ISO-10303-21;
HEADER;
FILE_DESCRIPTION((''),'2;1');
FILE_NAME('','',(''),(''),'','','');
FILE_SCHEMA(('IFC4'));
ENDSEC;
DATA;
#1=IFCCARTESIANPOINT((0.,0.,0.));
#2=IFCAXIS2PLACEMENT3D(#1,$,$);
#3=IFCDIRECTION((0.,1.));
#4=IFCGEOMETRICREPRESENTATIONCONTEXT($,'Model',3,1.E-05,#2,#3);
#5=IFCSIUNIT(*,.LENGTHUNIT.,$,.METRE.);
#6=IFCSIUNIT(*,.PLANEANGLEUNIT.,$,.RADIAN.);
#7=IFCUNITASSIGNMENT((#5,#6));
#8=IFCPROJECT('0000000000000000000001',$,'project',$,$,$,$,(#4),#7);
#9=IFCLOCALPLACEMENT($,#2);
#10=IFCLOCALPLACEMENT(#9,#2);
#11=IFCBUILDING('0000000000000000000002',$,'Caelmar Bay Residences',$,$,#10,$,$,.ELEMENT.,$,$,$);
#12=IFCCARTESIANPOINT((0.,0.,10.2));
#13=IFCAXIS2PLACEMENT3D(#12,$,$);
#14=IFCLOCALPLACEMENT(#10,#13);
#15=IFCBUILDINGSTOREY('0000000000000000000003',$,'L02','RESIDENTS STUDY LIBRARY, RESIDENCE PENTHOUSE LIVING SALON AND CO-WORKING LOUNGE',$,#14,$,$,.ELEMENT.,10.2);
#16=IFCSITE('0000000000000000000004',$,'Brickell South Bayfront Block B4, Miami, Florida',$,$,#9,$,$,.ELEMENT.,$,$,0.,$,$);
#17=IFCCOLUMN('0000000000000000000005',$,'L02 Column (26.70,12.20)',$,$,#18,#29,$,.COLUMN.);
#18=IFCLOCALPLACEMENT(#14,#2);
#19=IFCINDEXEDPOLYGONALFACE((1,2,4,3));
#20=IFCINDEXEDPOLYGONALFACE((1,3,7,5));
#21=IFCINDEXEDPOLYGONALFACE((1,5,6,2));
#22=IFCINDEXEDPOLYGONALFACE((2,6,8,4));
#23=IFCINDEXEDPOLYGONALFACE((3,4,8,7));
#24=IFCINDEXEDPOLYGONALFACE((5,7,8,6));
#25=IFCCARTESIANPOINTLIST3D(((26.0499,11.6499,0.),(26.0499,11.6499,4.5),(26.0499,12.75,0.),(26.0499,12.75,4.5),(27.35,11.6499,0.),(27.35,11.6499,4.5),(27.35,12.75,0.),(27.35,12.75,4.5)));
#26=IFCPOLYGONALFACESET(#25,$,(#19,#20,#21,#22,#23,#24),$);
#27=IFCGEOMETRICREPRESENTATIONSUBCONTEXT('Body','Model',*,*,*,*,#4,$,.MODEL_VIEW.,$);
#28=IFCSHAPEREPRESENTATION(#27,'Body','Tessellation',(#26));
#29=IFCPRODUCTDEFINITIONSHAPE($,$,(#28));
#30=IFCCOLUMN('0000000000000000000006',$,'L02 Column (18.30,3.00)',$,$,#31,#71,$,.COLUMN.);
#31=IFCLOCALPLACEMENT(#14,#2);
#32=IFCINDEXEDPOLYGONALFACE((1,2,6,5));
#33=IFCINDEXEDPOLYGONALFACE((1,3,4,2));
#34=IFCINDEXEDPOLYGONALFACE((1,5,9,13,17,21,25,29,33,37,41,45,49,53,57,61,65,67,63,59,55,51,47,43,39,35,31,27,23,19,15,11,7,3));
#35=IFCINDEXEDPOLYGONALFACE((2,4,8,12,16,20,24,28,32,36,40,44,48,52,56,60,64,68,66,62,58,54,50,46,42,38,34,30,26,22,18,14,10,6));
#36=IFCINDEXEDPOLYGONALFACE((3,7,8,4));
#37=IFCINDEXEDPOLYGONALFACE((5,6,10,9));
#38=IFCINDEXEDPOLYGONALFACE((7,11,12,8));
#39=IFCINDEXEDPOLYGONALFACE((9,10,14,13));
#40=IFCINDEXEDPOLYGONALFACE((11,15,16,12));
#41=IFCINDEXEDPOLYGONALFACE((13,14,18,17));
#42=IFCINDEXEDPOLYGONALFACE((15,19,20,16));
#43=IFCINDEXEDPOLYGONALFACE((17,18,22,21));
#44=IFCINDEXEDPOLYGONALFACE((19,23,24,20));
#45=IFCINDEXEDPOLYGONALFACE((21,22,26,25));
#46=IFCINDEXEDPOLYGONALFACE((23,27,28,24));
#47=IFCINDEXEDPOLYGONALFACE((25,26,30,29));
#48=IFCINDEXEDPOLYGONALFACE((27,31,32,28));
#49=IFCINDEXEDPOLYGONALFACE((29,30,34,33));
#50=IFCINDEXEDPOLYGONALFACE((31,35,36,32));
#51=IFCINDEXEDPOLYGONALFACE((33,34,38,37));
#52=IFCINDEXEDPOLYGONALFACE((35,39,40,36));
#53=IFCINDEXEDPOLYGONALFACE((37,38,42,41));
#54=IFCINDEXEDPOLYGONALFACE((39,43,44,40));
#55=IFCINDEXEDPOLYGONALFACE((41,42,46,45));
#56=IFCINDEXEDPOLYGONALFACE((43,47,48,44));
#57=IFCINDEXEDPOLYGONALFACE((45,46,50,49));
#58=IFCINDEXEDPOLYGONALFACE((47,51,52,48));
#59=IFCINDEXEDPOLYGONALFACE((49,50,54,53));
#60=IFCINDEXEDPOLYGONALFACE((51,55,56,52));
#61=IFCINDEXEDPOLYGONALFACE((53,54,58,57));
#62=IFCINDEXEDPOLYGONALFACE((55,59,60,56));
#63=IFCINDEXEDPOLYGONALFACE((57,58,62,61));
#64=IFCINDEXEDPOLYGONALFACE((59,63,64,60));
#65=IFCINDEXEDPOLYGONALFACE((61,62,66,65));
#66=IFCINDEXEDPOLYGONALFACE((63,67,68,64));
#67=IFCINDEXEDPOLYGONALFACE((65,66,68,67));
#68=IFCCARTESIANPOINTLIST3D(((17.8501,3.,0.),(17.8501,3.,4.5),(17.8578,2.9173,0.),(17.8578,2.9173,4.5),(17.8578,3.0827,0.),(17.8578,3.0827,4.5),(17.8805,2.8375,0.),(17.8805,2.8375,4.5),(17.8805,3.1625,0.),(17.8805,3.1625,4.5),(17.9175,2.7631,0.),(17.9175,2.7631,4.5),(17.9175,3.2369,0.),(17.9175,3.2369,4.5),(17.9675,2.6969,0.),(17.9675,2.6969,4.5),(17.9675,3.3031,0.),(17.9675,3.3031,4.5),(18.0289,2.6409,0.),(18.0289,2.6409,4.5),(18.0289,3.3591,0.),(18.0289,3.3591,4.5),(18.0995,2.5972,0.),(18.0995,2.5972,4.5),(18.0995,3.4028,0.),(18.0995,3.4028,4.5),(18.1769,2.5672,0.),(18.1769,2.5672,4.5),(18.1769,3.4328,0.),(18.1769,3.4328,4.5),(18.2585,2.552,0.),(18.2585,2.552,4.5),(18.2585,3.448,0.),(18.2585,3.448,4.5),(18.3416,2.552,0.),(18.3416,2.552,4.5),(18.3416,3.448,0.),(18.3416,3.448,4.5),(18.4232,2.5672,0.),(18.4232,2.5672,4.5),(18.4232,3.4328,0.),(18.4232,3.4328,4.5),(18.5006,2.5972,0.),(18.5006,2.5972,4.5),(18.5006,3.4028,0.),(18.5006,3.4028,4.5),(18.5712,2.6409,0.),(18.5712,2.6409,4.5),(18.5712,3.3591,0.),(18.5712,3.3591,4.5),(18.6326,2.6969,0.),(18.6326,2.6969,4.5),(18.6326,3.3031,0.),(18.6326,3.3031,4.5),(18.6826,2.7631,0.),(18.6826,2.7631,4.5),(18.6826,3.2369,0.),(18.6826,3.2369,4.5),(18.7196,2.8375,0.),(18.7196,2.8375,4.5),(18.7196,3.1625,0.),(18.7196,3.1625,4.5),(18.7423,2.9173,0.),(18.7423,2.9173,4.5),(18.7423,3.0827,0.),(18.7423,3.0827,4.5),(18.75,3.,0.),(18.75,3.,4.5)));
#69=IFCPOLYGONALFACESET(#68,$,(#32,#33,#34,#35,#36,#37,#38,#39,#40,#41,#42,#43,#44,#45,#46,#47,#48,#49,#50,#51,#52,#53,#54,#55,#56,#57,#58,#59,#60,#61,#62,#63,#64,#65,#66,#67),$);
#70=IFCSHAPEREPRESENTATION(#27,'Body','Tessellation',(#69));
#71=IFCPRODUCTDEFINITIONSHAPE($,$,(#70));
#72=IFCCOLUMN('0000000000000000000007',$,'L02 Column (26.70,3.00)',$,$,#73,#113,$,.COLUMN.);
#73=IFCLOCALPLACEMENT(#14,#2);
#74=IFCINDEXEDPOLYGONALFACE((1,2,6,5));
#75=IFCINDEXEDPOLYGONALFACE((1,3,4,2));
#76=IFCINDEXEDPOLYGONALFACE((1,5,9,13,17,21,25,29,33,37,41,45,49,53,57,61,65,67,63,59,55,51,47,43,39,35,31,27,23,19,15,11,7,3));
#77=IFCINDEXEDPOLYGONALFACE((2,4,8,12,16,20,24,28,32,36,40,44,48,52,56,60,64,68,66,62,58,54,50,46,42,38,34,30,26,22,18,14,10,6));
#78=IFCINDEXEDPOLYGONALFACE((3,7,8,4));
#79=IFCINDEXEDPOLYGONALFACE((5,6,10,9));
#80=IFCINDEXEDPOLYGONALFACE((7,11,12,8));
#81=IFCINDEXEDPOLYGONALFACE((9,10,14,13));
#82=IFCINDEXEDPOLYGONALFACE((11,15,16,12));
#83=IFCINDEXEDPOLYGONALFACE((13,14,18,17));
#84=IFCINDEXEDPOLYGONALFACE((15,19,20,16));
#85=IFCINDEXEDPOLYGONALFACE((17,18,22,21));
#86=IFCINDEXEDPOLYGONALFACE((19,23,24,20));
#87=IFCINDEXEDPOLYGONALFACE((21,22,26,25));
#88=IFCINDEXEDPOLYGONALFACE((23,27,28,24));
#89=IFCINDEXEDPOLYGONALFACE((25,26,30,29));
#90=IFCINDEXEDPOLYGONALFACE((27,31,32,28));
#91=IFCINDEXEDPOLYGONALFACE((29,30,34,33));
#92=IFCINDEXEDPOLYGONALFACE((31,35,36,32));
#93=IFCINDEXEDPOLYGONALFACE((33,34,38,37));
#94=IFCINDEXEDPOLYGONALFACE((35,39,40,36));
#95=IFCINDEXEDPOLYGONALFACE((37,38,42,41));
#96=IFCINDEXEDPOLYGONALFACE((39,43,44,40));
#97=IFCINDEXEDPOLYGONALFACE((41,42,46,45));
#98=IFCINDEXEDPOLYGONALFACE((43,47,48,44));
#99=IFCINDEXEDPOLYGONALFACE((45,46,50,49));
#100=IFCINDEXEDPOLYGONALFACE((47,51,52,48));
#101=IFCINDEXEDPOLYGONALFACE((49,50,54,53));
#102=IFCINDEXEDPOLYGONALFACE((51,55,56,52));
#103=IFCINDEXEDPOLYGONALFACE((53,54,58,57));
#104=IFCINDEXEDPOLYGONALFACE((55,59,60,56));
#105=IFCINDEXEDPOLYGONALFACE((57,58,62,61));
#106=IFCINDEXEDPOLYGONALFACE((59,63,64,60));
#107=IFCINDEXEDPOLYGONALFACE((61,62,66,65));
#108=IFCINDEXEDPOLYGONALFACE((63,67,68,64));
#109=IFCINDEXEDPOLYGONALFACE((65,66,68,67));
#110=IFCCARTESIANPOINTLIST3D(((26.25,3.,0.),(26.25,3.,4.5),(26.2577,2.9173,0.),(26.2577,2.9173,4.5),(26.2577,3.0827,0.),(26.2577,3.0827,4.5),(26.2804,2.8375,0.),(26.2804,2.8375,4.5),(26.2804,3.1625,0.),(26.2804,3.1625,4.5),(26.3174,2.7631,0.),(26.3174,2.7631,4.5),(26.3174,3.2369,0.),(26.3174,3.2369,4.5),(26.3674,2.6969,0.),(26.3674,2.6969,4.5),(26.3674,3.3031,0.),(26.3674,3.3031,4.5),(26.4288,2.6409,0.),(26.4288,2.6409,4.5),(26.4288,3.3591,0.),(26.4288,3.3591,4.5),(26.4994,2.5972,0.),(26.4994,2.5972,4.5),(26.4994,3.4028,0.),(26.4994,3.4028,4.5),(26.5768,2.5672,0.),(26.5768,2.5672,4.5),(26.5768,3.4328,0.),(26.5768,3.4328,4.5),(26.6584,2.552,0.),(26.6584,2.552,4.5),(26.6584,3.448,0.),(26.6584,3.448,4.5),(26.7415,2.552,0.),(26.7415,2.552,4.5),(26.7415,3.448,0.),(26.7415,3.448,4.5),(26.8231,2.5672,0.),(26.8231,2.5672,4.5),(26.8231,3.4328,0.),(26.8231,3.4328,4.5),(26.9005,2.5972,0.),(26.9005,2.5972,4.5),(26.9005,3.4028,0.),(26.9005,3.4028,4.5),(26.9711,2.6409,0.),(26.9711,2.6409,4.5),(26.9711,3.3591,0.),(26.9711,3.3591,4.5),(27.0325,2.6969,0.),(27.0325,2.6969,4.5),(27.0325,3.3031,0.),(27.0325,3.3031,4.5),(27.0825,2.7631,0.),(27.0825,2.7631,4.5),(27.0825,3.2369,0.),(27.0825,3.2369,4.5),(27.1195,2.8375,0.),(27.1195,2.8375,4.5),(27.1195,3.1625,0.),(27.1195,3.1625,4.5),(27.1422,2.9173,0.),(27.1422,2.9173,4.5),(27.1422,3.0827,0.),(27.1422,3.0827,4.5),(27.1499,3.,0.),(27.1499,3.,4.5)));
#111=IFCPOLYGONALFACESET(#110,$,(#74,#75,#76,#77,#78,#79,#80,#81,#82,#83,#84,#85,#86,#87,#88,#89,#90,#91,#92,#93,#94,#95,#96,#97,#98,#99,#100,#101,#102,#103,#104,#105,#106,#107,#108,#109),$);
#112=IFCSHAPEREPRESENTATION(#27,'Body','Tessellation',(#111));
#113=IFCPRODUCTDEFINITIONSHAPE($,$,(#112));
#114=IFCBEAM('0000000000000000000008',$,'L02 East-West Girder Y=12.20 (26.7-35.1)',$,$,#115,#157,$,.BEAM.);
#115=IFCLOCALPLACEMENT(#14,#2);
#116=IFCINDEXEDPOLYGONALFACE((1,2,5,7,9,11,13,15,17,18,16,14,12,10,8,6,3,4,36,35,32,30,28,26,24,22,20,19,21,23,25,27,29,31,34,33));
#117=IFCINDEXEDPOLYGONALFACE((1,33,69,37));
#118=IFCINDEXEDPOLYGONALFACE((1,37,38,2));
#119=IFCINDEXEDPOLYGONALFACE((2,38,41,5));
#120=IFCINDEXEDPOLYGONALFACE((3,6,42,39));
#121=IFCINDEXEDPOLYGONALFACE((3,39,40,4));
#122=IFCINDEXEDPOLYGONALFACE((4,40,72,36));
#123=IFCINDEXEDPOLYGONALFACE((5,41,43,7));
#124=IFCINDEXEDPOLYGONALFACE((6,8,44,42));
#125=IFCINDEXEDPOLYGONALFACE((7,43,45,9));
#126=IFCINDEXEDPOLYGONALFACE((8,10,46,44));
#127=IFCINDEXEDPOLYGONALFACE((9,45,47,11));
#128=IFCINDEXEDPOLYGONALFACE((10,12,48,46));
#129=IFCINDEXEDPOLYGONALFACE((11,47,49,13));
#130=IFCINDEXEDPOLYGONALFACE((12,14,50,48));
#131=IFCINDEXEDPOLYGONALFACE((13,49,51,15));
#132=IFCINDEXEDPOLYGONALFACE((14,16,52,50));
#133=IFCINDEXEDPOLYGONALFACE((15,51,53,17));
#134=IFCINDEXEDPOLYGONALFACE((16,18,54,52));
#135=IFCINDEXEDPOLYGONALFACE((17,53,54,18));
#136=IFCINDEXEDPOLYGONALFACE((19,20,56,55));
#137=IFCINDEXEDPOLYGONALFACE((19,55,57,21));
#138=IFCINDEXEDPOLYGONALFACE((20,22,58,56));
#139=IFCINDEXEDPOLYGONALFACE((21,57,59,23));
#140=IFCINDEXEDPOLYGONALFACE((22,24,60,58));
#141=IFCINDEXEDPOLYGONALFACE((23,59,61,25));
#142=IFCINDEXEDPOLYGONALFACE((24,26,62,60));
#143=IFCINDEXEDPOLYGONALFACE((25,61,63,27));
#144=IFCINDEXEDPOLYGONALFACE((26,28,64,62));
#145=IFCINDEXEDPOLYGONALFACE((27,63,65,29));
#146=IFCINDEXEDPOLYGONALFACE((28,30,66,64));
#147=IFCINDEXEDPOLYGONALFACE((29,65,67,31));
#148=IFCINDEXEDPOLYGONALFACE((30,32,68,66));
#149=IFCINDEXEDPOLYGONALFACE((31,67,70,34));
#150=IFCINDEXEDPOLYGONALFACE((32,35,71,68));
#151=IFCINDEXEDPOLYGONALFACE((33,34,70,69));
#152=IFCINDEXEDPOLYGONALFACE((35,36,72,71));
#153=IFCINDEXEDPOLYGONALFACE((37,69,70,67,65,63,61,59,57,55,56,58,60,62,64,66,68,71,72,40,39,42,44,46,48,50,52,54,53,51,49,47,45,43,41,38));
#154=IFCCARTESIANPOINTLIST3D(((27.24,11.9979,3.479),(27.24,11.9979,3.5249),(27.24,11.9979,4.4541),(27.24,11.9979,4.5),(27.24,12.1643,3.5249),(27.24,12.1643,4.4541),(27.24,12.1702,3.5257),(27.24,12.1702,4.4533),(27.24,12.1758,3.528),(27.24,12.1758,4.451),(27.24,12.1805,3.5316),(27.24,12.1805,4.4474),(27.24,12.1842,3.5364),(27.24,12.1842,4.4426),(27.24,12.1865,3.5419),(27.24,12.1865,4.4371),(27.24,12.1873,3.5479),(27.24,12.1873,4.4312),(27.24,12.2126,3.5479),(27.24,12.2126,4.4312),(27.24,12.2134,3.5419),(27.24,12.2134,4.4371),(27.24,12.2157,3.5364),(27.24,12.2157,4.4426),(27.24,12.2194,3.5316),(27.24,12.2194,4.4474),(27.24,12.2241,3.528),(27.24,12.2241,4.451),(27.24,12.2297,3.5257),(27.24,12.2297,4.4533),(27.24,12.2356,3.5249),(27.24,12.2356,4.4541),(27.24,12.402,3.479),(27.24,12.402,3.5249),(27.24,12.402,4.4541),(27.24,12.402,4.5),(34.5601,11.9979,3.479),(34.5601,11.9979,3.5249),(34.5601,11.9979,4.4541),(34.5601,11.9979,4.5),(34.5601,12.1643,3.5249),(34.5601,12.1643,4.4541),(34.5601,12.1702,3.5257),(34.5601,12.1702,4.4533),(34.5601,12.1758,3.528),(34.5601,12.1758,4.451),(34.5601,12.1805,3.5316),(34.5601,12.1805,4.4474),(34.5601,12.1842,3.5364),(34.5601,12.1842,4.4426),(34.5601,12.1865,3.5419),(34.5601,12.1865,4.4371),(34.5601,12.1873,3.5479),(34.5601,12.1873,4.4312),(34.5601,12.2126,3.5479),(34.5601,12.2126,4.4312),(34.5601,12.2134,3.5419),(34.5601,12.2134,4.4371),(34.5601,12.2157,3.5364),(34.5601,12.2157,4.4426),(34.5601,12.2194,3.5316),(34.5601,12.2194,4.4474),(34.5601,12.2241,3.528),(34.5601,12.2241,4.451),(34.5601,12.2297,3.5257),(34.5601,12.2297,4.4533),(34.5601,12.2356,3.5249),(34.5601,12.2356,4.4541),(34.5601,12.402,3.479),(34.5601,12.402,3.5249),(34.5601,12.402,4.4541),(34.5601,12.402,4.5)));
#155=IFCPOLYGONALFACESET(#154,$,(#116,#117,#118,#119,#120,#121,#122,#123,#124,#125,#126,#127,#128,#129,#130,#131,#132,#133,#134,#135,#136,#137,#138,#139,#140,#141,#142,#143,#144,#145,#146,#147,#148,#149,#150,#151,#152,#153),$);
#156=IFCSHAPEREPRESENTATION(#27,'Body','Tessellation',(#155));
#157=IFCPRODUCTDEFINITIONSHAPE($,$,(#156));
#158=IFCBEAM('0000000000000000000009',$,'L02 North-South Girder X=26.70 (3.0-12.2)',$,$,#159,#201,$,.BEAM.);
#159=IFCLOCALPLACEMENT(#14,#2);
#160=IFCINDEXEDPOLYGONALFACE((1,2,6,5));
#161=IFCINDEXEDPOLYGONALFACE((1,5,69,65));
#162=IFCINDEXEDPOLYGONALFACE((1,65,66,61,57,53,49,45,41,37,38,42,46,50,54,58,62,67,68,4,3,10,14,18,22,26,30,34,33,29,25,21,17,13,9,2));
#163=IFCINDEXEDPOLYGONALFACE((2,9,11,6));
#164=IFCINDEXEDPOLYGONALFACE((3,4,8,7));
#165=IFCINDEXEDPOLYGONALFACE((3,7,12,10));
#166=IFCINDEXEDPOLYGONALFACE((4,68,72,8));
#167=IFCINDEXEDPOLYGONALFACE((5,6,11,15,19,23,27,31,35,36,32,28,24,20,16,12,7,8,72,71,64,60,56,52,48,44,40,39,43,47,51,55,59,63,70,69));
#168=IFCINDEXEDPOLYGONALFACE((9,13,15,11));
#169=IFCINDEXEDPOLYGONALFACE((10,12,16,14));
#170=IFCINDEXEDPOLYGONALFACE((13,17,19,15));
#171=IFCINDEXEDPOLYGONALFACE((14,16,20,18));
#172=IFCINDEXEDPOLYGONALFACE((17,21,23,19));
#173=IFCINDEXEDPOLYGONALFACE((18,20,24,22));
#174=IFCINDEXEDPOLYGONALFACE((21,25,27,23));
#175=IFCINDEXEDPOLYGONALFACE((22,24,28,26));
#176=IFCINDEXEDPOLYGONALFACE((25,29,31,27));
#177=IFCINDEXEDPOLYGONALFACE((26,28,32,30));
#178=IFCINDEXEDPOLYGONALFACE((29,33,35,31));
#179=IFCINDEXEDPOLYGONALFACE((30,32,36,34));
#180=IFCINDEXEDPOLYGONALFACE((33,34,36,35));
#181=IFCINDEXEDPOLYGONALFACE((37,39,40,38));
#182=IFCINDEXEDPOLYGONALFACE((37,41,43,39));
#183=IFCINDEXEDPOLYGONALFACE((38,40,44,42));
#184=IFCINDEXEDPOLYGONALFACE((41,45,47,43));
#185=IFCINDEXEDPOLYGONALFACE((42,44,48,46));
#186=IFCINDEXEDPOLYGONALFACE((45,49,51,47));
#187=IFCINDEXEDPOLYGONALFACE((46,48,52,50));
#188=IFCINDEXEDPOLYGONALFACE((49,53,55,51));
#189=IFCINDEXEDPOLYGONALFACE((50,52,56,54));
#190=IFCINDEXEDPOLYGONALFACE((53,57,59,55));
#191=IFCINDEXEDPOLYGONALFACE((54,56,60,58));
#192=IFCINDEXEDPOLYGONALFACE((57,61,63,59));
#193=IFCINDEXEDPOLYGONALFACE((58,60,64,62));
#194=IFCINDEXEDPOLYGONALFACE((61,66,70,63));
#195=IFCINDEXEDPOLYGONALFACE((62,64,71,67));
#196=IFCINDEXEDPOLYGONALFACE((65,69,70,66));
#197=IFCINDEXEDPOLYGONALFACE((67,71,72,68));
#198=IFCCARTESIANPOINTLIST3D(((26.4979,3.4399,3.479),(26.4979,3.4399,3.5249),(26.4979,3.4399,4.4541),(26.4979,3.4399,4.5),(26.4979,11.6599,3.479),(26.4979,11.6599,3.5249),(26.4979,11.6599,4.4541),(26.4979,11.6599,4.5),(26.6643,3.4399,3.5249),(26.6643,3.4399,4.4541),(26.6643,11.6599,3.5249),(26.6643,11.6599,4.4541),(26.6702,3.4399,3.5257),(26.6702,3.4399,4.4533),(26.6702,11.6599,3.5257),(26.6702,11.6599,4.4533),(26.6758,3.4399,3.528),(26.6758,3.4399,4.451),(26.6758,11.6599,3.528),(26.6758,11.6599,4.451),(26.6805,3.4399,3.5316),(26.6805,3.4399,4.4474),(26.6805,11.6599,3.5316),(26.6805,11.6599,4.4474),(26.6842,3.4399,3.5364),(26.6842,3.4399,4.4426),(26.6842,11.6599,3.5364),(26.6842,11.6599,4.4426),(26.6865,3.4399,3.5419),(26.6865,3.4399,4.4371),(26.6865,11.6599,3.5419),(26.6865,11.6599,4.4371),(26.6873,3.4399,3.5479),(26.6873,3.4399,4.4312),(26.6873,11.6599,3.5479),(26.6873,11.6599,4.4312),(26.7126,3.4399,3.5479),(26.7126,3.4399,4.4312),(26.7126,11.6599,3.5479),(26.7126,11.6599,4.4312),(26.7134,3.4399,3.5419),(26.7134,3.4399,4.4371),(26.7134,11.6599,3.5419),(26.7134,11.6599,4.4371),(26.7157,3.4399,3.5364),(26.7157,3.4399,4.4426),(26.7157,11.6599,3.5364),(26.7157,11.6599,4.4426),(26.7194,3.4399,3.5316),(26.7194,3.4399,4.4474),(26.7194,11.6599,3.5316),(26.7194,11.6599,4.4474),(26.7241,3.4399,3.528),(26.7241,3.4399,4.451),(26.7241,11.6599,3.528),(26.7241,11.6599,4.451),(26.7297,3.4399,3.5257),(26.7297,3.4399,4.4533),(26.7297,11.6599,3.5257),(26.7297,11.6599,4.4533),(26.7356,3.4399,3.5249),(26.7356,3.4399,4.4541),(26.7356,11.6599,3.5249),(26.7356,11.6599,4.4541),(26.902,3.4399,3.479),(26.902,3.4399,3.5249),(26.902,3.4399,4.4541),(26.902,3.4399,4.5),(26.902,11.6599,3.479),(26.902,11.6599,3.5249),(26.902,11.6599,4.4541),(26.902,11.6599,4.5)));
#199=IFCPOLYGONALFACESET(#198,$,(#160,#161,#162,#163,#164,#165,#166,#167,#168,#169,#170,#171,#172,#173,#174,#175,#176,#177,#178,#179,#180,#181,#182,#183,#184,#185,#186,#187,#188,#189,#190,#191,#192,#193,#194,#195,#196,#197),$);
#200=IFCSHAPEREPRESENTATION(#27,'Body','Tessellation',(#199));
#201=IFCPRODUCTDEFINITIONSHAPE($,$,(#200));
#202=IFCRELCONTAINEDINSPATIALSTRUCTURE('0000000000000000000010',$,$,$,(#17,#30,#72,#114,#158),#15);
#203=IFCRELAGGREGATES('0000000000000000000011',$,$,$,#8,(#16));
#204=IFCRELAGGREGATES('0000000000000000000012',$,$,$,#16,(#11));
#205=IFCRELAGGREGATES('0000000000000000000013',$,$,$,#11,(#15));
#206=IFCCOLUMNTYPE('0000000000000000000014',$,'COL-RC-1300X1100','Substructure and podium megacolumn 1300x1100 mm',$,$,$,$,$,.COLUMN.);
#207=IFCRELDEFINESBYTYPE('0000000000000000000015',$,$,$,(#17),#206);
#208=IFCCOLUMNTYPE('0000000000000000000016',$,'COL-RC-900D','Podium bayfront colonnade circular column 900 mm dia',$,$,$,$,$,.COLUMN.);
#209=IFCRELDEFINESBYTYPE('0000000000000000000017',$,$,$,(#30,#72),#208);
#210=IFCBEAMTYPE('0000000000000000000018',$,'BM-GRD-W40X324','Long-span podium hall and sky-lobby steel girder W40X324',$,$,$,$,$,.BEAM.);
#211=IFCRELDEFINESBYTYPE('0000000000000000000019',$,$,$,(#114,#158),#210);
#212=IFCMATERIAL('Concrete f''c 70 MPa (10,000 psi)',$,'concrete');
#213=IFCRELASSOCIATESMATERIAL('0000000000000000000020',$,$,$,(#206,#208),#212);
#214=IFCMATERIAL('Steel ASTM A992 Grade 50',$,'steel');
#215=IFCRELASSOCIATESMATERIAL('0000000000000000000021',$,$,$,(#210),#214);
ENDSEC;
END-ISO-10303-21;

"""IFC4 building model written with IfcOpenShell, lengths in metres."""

from ifc_helpers import new_model, si_unit, direction, frame, origin, origin_2d, place, context, subcontext, project, spatial, rectangle, circle, i_section, extrude, material, material_profile, profile_set, type_object, element, save


model = new_model("IFC4")

# Units and contexts
model_context = context("Model", 3, precision=1e-05, world=origin(), true_north=direction((0.0, 1.0)))
body_context = subcontext(model_context, "Body", "Model", "MODEL_VIEW")
ifc_project = project(units=[si_unit("LENGTHUNIT", "METRE"), si_unit("PLANEANGLEUNIT", "RADIAN")], contexts=[model_context])

# Site, building, storey
site_placement = place(None, origin())
site = spatial("IfcSite", under=ifc_project, at=site_placement, Name="Brickell South Bayfront Block B4, Miami, Florida", CompositionType="ELEMENT", RefElevation=0.0)
building_placement = place(site_placement, origin())
building = spatial("IfcBuilding", under=site, at=building_placement, Name="Caelmar Bay Residences", CompositionType="ELEMENT")
storey_placement = place(building_placement, frame((0.0, 0.0, 10.2)))
storey = spatial("IfcBuildingStorey", under=building, at=storey_placement, Name="L02", Description="RESIDENTS STUDY LIBRARY, RESIDENCE PENTHOUSE LIVING SALON AND CO-WORKING LOUNGE", CompositionType="ELEMENT", Elevation=10.2)

# Columns
ifc_material_1 = material(Name="Concrete f'c 70 MPa (10,000 psi)", Category="concrete")
ifc_material_profile_1 = material_profile(ifc_material_1, rectangle(XDim=1.3, YDim=1.1001, at=origin_2d()), Name="RC-COL-1300X1100")
ifc_profile_set_1 = profile_set([ifc_material_profile_1], Name="Concrete f'c 70 MPa (10,000 psi)")
column_type_1 = type_object("IfcColumnType", Name="COL-RC-1300X1100", Description="Substructure and podium megacolumn 1300x1100 mm", PredefinedType="COLUMN", material=ifc_profile_set_1)
column_placement = place(storey_placement, frame((26.7, 12.2, 0.0), z_axis=(0.0, 0.0, 1.0), x_axis=(1.0, 0.0, 0.0)))
element("IfcColumn", 1, at=column_placement, inside=storey, type_object=column_type_1, Name="L02 Column (26.70,12.20)", PredefinedType="COLUMN", context=body_context, shape_type="SweptSolid", body=[
    extrude(rectangle(XDim=1.3, YDim=1.1001, at=origin_2d()), origin(), (0.0, 0.0, 1.0), 4.5),
])
ifc_material_profile_2 = material_profile(ifc_material_1, circle(Radius=0.45, at=origin_2d()), Name="RC-COL-900D")
ifc_profile_set_2 = profile_set([ifc_material_profile_2], Name="Concrete f'c 70 MPa (10,000 psi)")
column_type_2 = type_object("IfcColumnType", Name="COL-RC-900D", Description="Podium bayfront colonnade circular column 900 mm dia", PredefinedType="COLUMN", material=ifc_profile_set_2)
for number, where, z_axis, x_axis, name in (
    (2, (18.3, 3.0, 0.0), (0.0, 0.0, 1.0), (1.0, 0.0, 0.0), "L02 Column (18.30,3.00)"),
    (3, (26.7, 3.0, 0.0), (0.0, 0.0, 1.0), (1.0, 0.0, 0.0), "L02 Column (26.70,3.00)"),
):
    element("IfcColumn", number, at=place(storey_placement, frame(where, z_axis=z_axis, x_axis=x_axis)), inside=storey, type_object=column_type_2, Name=name, PredefinedType="COLUMN", context=body_context, shape_type="SweptSolid", body=[
        extrude(circle(Radius=0.45, at=origin_2d()), origin(), (0.0, 0.0, 1.0), 4.5),
    ])

# Beams
ifc_material_2 = material(Name="Steel ASTM A992 Grade 50", Category="steel")
ifc_material_profile_3 = material_profile(ifc_material_2, i_section(OverallWidth=0.4041, OverallDepth=1.021, WebThickness=0.0254, FlangeThickness=0.0459, FilletRadius=0.0229, at=origin_2d()), Name="W40X324")
ifc_profile_set_3 = profile_set([ifc_material_profile_3], Name="Steel ASTM A992 Grade 50")
beam_type_1 = type_object("IfcBeamType", Name="BM-GRD-W40X324", Description="Long-span podium hall and sky-lobby steel girder W40X324", PredefinedType="BEAM", material=ifc_profile_set_3)
beam_1_placement = place(storey_placement, frame((27.24, 12.2, 3.9895), z_axis=(1.0, 0.0, 0.0), x_axis=(0.0, 1.0, 0.0)))
element("IfcBeam", 4, at=beam_1_placement, inside=storey, type_object=beam_type_1, Name="L02 East-West Girder Y=12.20 (26.7-35.1)", PredefinedType="BEAM", context=body_context, shape_type="SweptSolid", body=[
    extrude(i_section(OverallWidth=0.4041, OverallDepth=1.021, WebThickness=0.0254, FlangeThickness=0.0459, FilletRadius=0.0229, at=origin_2d()), origin(), (0.0, 0.0, 1.0), 7.3201),
])
beam_2_placement = place(storey_placement, frame((26.7, 3.4399, 3.9895), z_axis=(0.0, 1.0, 0.0), x_axis=(-1.0, 0.0, 0.0)))
element("IfcBeam", 5, at=beam_2_placement, inside=storey, type_object=beam_type_1, Name="L02 North-South Girder X=26.70 (3.0-12.2)", PredefinedType="BEAM", context=body_context, shape_type="SweptSolid", body=[
    extrude(i_section(OverallWidth=0.4041, OverallDepth=1.021, WebThickness=0.0254, FlangeThickness=0.0459, FilletRadius=0.0229, at=origin_2d()), origin(), (0.0, 0.0, 1.0), 8.22),
])

save(model, "model.ifc")
